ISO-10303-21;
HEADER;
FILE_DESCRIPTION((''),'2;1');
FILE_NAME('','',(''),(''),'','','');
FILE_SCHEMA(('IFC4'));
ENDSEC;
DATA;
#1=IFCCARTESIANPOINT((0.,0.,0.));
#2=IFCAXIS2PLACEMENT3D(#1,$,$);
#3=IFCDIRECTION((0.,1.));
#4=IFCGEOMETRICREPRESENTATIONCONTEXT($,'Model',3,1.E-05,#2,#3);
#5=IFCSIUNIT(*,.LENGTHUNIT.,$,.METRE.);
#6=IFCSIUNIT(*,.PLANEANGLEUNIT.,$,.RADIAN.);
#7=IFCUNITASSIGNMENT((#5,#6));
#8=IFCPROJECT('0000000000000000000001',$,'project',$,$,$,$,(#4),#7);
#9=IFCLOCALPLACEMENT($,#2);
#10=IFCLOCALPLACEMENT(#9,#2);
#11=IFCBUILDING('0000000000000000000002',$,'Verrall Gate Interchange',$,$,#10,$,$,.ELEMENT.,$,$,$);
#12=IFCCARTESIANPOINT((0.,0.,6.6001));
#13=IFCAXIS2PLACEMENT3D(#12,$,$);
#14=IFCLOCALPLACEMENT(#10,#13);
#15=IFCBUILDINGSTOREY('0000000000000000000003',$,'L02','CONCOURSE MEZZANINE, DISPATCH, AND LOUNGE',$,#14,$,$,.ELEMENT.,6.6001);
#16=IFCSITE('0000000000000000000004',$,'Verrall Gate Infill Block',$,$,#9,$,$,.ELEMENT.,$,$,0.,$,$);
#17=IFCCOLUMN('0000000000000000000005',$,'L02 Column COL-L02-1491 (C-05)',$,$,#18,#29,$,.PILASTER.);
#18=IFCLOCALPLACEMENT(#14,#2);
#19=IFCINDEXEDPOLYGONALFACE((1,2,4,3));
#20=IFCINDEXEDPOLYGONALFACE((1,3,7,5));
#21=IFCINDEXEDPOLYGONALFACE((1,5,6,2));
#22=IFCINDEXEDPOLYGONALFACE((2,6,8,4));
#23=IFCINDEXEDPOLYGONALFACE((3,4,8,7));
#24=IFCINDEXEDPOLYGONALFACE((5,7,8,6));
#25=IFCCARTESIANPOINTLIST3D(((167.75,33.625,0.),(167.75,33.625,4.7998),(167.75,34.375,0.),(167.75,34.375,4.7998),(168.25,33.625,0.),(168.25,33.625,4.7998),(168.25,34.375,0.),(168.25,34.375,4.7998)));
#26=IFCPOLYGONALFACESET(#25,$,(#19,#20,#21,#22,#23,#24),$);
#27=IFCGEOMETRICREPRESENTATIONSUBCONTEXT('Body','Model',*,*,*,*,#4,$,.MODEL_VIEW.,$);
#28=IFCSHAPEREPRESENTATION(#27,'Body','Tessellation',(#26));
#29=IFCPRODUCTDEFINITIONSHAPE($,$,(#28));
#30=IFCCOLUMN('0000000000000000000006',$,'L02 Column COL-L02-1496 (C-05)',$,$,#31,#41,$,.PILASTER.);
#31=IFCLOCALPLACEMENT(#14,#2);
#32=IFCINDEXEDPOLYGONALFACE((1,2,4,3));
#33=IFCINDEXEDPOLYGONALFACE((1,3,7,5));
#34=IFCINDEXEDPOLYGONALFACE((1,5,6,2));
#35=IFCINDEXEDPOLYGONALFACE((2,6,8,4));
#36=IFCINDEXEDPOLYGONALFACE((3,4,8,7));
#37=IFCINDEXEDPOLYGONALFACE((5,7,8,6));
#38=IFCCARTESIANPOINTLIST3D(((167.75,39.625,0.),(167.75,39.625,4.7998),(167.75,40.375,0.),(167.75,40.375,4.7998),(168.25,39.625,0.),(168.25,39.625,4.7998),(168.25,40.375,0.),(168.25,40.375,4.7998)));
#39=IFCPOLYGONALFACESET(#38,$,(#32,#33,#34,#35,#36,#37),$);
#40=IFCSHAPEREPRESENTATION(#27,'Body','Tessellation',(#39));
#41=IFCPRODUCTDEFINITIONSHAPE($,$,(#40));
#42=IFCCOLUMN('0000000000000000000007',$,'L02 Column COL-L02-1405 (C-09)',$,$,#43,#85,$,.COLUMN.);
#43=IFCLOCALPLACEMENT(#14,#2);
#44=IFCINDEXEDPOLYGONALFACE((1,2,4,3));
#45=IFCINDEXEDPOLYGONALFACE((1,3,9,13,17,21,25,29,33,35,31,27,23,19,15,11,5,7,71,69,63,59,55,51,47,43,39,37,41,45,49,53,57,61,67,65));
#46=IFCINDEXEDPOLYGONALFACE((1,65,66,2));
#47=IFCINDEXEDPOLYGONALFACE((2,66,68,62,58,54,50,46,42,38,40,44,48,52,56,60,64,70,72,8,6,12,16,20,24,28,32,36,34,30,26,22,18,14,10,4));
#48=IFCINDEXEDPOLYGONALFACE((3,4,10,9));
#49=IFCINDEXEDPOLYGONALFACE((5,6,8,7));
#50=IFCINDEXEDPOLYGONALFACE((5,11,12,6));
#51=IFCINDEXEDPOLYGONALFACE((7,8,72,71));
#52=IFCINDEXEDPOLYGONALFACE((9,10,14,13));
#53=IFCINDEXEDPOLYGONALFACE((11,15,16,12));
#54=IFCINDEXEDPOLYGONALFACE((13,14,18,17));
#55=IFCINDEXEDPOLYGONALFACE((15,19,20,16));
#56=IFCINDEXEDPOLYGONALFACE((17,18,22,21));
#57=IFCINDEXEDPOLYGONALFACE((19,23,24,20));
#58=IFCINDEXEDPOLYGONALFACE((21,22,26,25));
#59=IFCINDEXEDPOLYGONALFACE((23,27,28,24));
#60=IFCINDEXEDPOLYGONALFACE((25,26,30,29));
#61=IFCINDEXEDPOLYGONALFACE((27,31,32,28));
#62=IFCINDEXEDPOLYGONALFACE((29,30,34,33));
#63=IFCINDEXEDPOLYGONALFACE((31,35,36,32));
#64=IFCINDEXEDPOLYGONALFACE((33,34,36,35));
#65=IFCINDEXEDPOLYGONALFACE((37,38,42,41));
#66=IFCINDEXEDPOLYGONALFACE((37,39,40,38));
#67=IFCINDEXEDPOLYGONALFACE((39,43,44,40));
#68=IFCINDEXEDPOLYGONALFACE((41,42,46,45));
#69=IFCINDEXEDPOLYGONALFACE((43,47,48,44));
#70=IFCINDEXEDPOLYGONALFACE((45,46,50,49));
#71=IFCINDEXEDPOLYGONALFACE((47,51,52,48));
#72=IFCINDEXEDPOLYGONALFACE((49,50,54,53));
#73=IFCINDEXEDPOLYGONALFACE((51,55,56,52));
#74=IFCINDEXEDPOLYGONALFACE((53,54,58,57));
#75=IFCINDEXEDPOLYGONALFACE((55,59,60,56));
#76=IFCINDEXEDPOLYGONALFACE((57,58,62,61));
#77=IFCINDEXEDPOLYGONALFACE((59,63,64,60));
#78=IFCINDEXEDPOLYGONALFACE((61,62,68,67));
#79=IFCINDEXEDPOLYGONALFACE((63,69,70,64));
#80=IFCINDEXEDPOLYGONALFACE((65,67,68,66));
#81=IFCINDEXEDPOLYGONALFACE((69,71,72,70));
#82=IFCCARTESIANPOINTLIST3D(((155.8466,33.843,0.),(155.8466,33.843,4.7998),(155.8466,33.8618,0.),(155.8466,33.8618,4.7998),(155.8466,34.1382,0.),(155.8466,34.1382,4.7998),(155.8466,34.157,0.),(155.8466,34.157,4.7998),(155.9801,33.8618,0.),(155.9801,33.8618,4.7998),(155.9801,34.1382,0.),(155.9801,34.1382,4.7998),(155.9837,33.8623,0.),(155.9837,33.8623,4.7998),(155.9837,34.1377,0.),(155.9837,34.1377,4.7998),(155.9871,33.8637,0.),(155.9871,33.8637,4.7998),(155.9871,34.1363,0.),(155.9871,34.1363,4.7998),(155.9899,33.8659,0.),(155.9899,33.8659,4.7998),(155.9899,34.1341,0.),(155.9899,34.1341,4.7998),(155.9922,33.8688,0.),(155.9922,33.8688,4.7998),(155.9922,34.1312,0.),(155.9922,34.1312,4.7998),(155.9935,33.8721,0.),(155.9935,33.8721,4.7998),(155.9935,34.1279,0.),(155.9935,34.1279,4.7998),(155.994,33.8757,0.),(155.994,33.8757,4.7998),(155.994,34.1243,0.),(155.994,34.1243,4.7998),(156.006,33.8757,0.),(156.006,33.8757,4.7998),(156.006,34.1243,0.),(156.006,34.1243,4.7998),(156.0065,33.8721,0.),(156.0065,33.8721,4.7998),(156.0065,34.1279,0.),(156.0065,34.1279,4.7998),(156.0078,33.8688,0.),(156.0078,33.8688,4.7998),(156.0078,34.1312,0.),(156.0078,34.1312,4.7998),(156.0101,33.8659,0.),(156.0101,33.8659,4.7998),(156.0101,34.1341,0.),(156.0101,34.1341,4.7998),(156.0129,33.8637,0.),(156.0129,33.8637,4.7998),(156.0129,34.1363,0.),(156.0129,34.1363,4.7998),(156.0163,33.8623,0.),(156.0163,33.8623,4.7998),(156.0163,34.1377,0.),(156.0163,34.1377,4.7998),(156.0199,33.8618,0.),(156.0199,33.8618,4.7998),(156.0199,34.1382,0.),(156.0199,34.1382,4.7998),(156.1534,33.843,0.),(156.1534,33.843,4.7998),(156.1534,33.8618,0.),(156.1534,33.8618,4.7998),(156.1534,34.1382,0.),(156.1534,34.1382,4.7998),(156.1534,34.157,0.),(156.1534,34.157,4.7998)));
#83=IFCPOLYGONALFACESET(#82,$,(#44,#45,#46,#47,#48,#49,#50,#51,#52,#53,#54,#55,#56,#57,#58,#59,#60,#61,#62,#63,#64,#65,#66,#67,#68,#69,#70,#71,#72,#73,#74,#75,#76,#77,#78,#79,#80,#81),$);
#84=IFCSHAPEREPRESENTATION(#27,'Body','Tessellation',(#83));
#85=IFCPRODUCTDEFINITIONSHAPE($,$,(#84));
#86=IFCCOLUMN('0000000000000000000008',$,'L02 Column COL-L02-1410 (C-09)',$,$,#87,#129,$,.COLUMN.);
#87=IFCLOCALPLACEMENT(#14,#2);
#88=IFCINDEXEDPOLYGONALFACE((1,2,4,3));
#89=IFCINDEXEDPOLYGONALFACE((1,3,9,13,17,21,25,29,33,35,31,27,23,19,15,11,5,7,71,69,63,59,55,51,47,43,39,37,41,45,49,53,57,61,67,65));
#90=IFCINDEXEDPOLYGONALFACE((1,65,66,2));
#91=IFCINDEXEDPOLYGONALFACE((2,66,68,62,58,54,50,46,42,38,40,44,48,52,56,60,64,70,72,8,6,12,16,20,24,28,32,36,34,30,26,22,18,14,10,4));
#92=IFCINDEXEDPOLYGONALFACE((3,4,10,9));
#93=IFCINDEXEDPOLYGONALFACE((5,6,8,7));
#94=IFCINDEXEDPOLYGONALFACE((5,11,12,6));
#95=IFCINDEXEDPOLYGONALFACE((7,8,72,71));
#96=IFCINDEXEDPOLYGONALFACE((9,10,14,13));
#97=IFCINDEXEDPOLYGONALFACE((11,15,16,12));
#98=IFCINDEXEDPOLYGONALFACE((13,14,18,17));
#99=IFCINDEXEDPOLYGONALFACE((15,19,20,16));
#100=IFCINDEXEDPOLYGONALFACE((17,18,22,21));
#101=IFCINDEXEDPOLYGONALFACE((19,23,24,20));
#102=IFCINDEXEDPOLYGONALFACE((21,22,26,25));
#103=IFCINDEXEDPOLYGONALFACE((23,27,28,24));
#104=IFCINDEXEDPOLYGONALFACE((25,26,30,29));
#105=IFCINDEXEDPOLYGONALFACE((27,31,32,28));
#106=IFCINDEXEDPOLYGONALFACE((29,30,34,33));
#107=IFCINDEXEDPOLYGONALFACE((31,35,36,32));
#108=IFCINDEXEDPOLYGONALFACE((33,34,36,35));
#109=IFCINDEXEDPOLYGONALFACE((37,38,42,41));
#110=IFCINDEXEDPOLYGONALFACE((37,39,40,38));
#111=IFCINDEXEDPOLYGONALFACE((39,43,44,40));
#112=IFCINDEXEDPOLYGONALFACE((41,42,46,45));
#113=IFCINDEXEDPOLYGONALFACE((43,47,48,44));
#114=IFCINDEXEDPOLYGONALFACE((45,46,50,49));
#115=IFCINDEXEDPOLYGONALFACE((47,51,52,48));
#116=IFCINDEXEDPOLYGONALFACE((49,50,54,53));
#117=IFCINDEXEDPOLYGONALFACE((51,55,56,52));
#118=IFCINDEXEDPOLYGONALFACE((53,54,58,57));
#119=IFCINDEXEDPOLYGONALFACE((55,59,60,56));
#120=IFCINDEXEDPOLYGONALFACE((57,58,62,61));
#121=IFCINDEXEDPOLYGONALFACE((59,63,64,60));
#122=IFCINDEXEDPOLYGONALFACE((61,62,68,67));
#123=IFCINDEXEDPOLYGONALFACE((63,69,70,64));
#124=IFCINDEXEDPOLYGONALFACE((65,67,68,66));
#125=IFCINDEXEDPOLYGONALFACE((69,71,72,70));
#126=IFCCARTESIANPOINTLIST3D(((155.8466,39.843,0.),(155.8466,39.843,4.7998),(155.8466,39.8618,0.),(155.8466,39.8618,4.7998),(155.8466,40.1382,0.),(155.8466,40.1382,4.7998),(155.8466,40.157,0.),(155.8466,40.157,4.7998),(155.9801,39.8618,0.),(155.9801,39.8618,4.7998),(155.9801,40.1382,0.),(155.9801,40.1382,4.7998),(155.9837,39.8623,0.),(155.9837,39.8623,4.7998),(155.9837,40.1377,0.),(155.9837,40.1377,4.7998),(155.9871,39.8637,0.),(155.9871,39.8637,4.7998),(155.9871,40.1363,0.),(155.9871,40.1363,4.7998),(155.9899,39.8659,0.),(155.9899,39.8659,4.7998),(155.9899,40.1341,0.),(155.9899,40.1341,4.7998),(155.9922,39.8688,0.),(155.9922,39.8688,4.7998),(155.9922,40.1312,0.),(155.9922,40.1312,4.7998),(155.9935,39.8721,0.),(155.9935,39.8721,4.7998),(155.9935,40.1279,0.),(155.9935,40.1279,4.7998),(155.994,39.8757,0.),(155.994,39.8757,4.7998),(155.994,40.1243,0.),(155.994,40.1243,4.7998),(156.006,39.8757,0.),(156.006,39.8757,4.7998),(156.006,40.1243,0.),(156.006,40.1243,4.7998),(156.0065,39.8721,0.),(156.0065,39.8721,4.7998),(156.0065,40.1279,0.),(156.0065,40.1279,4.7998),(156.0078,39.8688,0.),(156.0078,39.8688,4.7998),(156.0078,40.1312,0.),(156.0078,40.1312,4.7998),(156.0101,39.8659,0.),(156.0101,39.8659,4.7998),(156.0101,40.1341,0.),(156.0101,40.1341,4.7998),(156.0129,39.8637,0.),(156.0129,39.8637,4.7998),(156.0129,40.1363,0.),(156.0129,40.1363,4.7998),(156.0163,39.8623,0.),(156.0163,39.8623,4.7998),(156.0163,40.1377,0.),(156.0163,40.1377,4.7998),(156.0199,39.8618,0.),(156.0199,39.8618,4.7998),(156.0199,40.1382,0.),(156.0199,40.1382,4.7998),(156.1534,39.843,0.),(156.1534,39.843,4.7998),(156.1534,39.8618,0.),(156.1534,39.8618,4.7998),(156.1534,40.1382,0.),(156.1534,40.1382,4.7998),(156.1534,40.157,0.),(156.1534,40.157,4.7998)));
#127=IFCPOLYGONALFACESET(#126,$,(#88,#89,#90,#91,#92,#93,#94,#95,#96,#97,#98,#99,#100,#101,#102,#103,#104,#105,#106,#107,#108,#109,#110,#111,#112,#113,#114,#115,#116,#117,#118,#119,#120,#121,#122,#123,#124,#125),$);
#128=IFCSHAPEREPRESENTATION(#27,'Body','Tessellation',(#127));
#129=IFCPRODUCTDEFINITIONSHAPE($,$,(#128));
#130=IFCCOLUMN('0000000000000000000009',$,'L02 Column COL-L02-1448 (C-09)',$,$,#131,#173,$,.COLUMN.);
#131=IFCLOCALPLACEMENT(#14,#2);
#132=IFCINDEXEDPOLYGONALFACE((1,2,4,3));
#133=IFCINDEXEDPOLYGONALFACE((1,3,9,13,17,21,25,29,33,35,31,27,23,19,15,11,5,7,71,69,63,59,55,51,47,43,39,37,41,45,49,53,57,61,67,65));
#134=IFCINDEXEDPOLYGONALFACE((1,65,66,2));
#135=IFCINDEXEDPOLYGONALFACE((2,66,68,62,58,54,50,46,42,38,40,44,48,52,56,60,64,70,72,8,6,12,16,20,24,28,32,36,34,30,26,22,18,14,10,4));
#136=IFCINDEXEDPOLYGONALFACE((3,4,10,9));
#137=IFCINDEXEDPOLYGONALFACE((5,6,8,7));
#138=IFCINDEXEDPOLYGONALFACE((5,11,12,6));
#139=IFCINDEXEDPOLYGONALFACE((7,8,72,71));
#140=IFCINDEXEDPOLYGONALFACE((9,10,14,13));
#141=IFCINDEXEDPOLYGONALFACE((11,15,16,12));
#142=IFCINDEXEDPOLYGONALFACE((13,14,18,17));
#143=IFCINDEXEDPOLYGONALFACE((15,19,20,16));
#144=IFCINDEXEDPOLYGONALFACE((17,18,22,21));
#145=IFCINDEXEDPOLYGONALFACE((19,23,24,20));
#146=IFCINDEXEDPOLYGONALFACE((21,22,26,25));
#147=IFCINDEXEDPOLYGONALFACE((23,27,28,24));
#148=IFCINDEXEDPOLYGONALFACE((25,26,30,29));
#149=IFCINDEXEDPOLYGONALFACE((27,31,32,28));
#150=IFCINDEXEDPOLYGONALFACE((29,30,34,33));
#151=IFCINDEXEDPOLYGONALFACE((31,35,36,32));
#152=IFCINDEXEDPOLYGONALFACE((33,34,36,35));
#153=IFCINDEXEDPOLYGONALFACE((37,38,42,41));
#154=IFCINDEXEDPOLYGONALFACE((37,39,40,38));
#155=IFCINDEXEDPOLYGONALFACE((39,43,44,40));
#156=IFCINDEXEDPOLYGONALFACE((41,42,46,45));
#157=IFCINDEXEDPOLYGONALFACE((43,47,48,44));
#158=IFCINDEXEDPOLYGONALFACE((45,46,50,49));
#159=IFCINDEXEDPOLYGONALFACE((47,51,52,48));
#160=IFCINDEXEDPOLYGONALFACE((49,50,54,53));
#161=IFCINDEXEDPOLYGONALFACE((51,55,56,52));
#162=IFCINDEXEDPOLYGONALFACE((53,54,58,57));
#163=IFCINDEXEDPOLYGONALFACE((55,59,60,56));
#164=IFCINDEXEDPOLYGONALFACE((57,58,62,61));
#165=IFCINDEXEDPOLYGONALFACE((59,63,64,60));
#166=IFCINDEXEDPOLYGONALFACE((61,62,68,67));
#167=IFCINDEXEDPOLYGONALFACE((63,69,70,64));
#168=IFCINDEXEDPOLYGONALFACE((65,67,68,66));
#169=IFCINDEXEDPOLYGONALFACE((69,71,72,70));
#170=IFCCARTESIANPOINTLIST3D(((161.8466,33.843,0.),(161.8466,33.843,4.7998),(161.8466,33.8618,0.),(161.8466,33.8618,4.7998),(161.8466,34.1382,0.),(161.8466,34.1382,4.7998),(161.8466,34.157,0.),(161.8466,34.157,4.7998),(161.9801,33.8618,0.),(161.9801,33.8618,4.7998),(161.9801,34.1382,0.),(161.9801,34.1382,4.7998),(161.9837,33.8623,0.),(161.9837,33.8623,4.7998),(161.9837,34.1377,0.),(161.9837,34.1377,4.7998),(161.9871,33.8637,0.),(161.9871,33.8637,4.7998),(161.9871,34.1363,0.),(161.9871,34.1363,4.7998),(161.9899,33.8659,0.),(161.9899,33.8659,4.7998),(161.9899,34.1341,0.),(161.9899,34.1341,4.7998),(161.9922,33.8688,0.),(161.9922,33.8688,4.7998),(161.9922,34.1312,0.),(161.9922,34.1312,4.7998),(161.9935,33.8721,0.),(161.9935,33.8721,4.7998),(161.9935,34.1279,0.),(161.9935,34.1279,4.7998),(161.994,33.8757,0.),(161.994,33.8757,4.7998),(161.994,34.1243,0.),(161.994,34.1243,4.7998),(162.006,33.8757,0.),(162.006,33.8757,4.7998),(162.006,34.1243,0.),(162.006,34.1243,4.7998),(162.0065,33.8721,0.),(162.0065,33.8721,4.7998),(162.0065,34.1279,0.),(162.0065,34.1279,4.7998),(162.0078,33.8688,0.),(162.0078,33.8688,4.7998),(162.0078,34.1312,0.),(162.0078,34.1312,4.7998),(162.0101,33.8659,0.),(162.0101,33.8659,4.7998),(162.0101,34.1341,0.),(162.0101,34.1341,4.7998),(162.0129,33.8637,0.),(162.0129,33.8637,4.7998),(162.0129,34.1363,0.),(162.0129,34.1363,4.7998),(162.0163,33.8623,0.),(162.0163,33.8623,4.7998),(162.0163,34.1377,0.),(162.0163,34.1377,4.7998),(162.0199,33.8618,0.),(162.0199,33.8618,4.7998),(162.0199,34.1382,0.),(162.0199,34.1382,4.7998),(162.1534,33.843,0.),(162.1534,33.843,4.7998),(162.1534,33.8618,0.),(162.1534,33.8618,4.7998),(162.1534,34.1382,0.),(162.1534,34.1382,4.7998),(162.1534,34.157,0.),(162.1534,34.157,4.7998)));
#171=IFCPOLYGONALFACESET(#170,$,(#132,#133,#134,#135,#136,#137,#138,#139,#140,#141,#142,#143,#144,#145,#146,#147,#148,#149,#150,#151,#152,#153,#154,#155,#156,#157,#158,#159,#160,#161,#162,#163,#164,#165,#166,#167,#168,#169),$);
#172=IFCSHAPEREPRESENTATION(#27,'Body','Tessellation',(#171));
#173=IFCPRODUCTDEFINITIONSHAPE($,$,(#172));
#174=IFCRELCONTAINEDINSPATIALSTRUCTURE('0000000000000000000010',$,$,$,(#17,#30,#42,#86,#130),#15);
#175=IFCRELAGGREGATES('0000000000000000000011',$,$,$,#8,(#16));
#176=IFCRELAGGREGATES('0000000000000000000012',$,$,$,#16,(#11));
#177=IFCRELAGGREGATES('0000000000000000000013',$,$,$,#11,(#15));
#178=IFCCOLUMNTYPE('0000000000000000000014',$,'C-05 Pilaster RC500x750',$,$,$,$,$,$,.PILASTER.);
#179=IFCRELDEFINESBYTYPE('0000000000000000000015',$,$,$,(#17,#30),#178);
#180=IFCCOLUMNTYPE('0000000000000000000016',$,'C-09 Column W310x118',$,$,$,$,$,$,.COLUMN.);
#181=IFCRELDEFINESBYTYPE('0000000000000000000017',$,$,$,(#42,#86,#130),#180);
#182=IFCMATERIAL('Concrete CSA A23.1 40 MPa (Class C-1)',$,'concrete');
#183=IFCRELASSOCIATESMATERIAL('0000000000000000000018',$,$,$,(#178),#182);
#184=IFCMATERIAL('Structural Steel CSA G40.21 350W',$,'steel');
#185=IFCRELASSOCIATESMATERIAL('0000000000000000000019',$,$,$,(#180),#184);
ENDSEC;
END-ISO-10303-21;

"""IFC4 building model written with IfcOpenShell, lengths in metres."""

from ifc_helpers import new_model, si_unit, direction, frame, origin, origin_2d, place, context, subcontext, project, spatial, rectangle, i_section, extrude, material, material_profile, profile_set, type_object, element, save


model = new_model("IFC4")

# Units and contexts
model_context = context("Model", 3, precision=1e-05, world=origin(), true_north=direction((0.0, 1.0)))
body_context = subcontext(model_context, "Body", "Model", "MODEL_VIEW")
ifc_project = project(units=[si_unit("LENGTHUNIT", "METRE"), si_unit("PLANEANGLEUNIT", "RADIAN")], contexts=[model_context])

# Site, building, storey
site_placement = place(None, origin())
site = spatial("IfcSite", under=ifc_project, at=site_placement, Name="Verrall Gate Infill Block", CompositionType="ELEMENT", RefElevation=0.0)
building_placement = place(site_placement, origin())
building = spatial("IfcBuilding", under=site, at=building_placement, Name="Verrall Gate Interchange", CompositionType="ELEMENT")
storey_placement = place(building_placement, frame((0.0, 0.0, 6.6001)))
storey = spatial("IfcBuildingStorey", under=building, at=storey_placement, Name="L02", Description="CONCOURSE MEZZANINE, DISPATCH, AND LOUNGE", CompositionType="ELEMENT", Elevation=6.6001)

# Columns
ifc_material_1 = material(Name="Concrete CSA A23.1 40 MPa (Class C-1)", Category="concrete")
ifc_material_profile_1 = material_profile(ifc_material_1, rectangle(XDim=0.5, YDim=0.75, at=origin_2d()), Name="RC500x750")
ifc_profile_set_1 = profile_set([ifc_material_profile_1], Name="Concrete CSA A23.1 40 MPa (Class C-1)")
column_type_1 = type_object("IfcColumnType", Name="C-05 Pilaster RC500x750", PredefinedType="PILASTER", material=ifc_profile_set_1)
for number, where, z_axis, x_axis, name in (
    (1, (168.0, 34.0, 0.0), (0.0, 0.0, 1.0), (1.0, 0.0, 0.0), "L02 Column COL-L02-1491 (C-05)"),
    (2, (168.0, 40.0, 0.0), (0.0, 0.0, 1.0), (1.0, 0.0, 0.0), "L02 Column COL-L02-1496 (C-05)"),
):
    element("IfcColumn", number, at=place(storey_placement, frame(where, z_axis=z_axis, x_axis=x_axis)), inside=storey, type_object=column_type_1, Name=name, PredefinedType="PILASTER", context=body_context, shape_type="SweptSolid", body=[
        extrude(rectangle(XDim=0.5, YDim=0.75, at=origin_2d()), origin(), (0.0, 0.0, 1.0), 4.7998),
    ])
ifc_material_2 = material(Name="Structural Steel CSA G40.21 350W", Category="steel")
ifc_material_profile_2 = material_profile(ifc_material_2, i_section(OverallWidth=0.3069, OverallDepth=0.314, WebThickness=0.012, FlangeThickness=0.0188, FilletRadius=0.0139, at=origin_2d()), Name="W310x118")
ifc_profile_set_2 = profile_set([ifc_material_profile_2], Name="Structural Steel CSA G40.21 350W")
column_type_2 = type_object("IfcColumnType", Name="C-09 Column W310x118", PredefinedType="COLUMN", material=ifc_profile_set_2)
for number, where, z_axis, x_axis, name in (
    (3, (156.0, 34.0, 0.0), (0.0, 0.0, 1.0), (1.0, 0.0, 0.0), "L02 Column COL-L02-1405 (C-09)"),
    (4, (156.0, 40.0, 0.0), (0.0, 0.0, 1.0), (1.0, 0.0, 0.0), "L02 Column COL-L02-1410 (C-09)"),
    (5, (162.0, 34.0, 0.0), (0.0, 0.0, 1.0), (1.0, 0.0, 0.0), "L02 Column COL-L02-1448 (C-09)"),
):
    element("IfcColumn", number, at=place(storey_placement, frame(where, z_axis=z_axis, x_axis=x_axis)), inside=storey, type_object=column_type_2, Name=name, PredefinedType="COLUMN", context=body_context, shape_type="SweptSolid", body=[
        extrude(i_section(OverallWidth=0.3069, OverallDepth=0.314, WebThickness=0.012, FlangeThickness=0.0188, FilletRadius=0.0139, at=origin_2d()), origin(), (0.0, 0.0, 1.0), 4.7998),
    ])

save(model, "model.ifc")
